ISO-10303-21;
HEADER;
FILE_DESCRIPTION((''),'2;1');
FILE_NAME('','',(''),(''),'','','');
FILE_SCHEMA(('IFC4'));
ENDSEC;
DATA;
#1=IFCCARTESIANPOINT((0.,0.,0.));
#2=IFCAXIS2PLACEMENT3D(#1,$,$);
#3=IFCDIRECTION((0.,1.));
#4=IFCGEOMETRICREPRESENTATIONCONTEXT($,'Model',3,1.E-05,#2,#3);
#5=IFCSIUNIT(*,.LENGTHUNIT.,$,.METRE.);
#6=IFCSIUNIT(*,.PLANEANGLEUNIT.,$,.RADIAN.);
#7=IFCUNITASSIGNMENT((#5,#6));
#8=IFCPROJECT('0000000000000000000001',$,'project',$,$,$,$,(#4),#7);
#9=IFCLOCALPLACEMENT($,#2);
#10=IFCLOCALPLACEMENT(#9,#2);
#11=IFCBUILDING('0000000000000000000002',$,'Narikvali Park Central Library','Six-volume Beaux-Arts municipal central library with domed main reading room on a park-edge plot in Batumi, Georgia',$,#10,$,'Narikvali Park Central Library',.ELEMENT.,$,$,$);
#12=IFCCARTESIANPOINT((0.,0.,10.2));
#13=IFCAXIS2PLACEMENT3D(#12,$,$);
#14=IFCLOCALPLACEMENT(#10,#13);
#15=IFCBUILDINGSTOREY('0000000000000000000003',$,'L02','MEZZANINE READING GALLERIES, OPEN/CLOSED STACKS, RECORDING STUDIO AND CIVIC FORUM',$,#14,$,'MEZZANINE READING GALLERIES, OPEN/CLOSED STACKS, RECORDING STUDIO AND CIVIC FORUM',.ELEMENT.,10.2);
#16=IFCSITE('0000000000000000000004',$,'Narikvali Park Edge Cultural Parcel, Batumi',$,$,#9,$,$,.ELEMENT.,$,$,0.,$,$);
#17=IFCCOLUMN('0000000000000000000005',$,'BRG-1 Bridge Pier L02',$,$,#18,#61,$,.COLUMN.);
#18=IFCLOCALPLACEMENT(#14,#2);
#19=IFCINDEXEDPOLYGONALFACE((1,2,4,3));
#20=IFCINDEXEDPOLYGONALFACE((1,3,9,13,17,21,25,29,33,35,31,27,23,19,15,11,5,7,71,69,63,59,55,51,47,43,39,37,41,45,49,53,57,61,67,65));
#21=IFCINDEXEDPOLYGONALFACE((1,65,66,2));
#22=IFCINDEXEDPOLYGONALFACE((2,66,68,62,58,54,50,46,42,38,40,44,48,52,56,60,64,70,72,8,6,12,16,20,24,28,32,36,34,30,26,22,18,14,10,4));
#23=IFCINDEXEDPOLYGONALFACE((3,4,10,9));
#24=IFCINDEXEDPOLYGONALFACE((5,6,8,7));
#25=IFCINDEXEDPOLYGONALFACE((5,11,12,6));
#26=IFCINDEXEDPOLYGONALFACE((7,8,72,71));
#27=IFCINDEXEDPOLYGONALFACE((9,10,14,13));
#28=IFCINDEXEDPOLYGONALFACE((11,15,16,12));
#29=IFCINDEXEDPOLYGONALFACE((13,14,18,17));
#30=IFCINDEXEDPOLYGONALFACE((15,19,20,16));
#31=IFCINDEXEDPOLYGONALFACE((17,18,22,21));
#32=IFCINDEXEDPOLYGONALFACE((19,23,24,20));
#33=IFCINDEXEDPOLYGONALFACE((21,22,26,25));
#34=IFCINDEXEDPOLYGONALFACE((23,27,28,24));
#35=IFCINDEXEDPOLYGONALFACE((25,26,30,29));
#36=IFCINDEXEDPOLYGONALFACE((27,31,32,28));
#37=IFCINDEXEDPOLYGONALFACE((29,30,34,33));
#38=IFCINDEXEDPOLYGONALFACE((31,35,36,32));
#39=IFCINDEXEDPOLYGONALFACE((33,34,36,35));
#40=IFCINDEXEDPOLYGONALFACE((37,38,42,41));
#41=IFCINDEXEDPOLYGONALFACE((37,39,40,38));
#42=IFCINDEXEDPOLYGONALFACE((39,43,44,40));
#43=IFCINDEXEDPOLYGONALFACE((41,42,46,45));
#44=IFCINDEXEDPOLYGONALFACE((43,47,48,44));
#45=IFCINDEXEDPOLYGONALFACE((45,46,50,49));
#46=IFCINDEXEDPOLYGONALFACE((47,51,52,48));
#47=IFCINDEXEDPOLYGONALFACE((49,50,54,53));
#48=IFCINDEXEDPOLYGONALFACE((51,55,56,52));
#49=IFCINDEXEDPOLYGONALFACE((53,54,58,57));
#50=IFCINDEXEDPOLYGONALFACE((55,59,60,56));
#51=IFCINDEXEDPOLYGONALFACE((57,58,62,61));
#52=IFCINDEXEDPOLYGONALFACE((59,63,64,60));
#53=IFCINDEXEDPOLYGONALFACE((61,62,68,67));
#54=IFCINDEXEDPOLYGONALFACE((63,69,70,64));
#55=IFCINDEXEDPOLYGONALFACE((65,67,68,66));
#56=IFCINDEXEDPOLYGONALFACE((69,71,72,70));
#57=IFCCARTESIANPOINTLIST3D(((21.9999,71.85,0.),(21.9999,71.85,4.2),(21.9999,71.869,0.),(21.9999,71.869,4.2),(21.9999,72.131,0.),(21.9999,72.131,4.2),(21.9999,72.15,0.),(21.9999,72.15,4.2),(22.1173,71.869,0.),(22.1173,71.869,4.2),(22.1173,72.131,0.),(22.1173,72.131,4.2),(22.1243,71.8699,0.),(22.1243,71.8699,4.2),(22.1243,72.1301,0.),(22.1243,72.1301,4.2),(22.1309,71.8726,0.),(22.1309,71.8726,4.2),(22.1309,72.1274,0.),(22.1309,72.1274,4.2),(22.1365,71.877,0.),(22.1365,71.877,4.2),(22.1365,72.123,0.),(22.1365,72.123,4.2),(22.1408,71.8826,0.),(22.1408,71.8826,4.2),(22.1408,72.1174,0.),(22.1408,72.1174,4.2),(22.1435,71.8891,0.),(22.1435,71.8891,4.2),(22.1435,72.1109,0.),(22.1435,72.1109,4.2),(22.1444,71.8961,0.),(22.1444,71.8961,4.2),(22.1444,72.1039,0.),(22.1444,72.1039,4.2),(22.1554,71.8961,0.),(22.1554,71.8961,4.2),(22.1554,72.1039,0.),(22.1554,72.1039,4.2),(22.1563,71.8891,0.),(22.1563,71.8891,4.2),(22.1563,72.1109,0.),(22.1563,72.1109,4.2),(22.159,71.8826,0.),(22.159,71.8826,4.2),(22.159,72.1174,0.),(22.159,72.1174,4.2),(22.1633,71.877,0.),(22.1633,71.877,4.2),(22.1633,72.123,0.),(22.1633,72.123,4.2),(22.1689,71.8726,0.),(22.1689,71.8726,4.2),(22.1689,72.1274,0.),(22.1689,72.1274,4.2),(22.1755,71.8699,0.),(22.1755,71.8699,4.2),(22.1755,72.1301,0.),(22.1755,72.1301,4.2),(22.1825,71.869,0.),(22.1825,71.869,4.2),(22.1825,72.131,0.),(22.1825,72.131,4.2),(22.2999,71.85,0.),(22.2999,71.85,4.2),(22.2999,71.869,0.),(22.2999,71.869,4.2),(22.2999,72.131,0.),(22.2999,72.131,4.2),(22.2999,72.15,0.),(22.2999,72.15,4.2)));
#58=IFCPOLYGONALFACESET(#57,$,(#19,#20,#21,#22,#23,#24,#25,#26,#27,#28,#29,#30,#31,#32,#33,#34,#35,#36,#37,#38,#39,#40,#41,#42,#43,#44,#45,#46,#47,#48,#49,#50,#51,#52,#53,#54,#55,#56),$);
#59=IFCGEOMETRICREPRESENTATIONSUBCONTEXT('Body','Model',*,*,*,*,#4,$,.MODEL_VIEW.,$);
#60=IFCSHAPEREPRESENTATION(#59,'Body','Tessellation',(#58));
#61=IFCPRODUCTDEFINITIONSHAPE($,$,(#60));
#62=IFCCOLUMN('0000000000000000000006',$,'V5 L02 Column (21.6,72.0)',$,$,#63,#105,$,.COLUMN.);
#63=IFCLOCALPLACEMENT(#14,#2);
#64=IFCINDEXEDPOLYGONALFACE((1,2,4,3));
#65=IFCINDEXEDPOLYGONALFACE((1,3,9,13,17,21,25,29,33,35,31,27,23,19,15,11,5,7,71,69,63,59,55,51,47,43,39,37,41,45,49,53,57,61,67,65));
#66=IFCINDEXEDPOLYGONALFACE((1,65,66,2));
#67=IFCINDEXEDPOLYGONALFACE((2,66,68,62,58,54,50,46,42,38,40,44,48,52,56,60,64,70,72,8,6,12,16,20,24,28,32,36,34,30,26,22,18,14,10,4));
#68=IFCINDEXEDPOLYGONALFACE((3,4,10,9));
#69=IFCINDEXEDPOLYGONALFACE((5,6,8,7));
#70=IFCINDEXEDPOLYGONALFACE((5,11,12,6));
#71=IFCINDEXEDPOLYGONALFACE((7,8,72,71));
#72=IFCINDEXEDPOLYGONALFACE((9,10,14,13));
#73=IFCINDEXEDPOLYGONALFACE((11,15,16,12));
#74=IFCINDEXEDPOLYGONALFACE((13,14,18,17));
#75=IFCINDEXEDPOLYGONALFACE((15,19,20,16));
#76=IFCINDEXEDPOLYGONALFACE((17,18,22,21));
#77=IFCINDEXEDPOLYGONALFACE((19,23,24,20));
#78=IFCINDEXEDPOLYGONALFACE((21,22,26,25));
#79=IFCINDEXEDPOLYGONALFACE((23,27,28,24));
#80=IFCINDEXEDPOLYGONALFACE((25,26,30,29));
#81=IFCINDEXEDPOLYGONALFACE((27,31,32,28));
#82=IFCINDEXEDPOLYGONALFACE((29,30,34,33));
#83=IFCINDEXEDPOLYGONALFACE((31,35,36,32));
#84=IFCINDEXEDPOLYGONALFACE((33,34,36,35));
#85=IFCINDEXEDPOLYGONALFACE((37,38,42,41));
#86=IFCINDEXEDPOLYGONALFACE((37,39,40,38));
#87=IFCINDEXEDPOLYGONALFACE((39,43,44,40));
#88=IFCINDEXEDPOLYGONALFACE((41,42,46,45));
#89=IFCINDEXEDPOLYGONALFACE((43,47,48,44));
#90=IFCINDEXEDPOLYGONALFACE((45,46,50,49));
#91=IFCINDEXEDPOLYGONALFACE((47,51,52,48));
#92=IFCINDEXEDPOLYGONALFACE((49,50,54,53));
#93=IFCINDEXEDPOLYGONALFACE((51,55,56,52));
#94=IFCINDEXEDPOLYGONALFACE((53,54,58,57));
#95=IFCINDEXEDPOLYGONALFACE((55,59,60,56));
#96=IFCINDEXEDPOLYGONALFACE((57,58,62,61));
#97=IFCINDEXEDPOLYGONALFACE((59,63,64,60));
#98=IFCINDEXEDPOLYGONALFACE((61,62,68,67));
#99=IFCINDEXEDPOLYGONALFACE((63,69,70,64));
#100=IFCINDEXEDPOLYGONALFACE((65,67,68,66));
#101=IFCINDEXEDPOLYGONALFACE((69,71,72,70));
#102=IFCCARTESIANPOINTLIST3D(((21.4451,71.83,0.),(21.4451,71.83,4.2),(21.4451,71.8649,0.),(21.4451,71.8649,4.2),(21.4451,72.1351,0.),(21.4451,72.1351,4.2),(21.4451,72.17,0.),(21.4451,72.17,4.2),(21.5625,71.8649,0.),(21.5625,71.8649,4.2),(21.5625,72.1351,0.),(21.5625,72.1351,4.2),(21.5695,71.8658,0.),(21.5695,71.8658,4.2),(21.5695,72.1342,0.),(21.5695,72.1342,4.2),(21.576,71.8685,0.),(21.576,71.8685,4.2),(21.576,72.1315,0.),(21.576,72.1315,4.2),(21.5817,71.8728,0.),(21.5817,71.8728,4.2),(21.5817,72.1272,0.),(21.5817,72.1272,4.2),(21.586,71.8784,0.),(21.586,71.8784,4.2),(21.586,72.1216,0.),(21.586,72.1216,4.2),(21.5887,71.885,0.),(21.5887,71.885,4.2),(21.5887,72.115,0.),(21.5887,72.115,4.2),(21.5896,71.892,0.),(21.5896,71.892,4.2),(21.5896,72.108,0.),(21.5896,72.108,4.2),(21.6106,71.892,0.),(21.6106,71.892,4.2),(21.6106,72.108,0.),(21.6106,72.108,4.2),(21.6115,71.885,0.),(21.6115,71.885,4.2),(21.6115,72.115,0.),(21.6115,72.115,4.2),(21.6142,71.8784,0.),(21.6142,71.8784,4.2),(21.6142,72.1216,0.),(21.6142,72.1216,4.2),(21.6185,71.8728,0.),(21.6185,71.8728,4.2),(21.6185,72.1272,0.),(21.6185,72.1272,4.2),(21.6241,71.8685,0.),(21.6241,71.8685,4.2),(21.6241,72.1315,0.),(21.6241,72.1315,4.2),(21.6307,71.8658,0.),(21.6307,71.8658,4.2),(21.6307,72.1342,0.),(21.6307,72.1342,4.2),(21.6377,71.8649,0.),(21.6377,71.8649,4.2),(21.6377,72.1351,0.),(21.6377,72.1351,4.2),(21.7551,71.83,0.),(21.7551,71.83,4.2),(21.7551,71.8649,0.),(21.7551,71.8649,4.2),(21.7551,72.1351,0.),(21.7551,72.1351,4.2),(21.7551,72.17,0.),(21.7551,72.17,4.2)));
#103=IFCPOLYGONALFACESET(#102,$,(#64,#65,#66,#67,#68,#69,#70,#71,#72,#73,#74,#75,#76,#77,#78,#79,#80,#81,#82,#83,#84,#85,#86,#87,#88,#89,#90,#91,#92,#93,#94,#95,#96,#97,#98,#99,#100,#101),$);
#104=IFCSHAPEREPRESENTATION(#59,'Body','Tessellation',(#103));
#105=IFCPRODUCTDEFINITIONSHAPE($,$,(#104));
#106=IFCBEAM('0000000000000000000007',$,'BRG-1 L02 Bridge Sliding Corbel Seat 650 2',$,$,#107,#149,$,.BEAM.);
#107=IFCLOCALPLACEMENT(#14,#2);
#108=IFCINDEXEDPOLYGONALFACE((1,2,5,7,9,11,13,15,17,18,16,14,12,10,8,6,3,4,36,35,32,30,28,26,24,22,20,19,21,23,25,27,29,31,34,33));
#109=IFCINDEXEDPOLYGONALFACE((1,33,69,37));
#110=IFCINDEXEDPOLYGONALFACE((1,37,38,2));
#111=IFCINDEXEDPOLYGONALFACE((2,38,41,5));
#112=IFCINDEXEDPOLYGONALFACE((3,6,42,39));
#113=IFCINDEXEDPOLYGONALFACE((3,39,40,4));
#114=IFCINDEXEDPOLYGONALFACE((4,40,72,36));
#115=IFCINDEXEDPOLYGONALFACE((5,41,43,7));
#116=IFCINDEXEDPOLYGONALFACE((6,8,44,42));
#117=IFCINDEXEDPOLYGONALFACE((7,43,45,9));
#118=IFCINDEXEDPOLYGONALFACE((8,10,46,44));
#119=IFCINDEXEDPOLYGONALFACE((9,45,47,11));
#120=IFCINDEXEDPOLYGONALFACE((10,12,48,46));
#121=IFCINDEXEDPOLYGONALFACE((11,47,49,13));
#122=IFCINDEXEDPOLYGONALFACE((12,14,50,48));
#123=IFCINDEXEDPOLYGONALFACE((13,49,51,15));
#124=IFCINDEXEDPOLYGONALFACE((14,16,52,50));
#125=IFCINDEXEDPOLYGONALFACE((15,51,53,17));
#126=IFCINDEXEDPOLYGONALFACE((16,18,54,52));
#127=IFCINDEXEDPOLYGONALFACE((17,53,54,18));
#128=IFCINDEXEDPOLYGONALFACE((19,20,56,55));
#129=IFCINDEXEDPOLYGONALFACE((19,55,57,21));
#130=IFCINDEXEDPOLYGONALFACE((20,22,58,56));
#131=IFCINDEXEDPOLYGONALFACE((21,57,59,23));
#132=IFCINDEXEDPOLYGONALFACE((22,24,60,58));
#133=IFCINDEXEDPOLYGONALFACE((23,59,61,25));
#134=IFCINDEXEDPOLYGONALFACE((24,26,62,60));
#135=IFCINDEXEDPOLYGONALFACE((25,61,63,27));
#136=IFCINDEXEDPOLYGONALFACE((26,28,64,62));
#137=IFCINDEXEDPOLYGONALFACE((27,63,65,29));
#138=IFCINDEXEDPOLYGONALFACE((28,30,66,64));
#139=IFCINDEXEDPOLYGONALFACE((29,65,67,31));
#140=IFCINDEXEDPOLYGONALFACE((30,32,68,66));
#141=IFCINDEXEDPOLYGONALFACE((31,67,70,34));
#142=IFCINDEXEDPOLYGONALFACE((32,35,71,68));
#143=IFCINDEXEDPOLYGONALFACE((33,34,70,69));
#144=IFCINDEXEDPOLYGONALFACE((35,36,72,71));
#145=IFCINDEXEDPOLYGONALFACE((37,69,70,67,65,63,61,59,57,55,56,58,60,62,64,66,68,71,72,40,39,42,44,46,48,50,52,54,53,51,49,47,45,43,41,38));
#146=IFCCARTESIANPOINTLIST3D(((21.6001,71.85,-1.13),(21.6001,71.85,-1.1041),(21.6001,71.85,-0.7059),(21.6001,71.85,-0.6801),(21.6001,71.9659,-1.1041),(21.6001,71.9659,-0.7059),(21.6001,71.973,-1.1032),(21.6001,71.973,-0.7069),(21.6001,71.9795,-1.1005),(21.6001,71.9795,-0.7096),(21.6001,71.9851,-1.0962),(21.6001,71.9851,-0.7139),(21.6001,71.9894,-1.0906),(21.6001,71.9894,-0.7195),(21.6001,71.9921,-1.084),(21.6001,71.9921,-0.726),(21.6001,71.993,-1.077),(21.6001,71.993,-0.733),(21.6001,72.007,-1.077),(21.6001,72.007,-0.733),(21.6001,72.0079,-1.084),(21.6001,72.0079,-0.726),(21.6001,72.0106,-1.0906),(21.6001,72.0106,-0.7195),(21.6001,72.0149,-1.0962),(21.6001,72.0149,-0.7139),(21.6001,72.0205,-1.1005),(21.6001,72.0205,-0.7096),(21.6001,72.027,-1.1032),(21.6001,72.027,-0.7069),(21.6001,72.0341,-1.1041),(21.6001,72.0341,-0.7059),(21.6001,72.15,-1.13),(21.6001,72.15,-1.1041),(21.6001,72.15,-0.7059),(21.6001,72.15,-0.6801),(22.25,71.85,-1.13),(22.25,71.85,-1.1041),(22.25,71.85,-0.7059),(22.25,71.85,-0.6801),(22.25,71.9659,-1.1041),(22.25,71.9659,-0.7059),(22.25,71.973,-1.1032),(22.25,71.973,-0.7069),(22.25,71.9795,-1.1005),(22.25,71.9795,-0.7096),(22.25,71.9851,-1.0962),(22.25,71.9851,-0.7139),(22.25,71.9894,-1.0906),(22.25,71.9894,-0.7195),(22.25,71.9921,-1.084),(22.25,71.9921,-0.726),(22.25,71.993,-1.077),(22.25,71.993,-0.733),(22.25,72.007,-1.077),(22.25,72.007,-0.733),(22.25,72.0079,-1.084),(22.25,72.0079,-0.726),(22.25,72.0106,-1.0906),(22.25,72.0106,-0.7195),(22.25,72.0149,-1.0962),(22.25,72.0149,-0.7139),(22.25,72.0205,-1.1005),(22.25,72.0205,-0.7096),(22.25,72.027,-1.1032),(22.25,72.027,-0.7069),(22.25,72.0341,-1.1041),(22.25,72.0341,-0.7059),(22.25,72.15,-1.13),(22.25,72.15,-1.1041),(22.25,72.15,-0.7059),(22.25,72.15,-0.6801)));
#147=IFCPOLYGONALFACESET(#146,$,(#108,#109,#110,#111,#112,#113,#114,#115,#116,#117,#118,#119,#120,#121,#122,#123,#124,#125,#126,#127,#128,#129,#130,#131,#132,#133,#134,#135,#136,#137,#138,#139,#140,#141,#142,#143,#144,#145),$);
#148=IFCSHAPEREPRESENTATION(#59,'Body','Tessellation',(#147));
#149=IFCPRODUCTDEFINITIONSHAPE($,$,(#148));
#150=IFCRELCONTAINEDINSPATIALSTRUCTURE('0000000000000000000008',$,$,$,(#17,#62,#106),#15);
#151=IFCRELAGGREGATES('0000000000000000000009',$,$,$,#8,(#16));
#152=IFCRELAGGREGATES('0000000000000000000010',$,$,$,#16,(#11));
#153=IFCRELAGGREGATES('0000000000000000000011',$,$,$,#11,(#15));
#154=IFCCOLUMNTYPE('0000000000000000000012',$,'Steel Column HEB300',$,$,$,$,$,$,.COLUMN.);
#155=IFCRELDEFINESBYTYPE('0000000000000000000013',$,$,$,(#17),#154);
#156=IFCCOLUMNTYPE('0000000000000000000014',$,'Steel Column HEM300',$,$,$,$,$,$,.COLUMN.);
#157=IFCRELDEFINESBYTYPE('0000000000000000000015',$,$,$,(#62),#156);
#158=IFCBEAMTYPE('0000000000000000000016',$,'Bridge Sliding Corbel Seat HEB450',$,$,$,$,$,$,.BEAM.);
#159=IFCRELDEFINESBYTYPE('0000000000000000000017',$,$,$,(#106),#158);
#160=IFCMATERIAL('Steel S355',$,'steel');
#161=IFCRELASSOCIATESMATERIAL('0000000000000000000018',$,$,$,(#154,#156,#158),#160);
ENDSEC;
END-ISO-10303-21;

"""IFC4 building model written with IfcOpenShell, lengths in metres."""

from ifc_helpers import new_model, si_unit, direction, frame, origin, origin_2d, place, context, subcontext, project, spatial, i_section, extrude, material, material_profile, profile_set, type_object, element, save


model = new_model("IFC4")

# Units and contexts
model_context = context("Model", 3, precision=1e-05, world=origin(), true_north=direction((0.0, 1.0)))
body_context = subcontext(model_context, "Body", "Model", "MODEL_VIEW")
ifc_project = project(units=[si_unit("LENGTHUNIT", "METRE"), si_unit("PLANEANGLEUNIT", "RADIAN")], contexts=[model_context])

# Site, building, storey
site_placement = place(None, origin())
site = spatial("IfcSite", under=ifc_project, at=site_placement, Name="Narikvali Park Edge Cultural Parcel, Batumi", CompositionType="ELEMENT", RefElevation=0.0)
building_placement = place(site_placement, origin())
building = spatial("IfcBuilding", under=site, at=building_placement, Name="Narikvali Park Central Library", Description="Six-volume Beaux-Arts municipal central library with domed main reading room on a park-edge plot in Batumi, Georgia", LongName="Narikvali Park Central Library", CompositionType="ELEMENT")
storey_placement = place(building_placement, frame((0.0, 0.0, 10.2)))
storey = spatial("IfcBuildingStorey", under=building, at=storey_placement, Name="L02", Description="MEZZANINE READING GALLERIES, OPEN/CLOSED STACKS, RECORDING STUDIO AND CIVIC FORUM", LongName="MEZZANINE READING GALLERIES, OPEN/CLOSED STACKS, RECORDING STUDIO AND CIVIC FORUM", CompositionType="ELEMENT", Elevation=10.2)

# Columns
ifc_material_1 = material(Name="Steel S355", Category="steel")
ifc_material_profile_1 = material_profile(ifc_material_1, i_section(OverallWidth=0.3, OverallDepth=0.3, WebThickness=0.011, FlangeThickness=0.019, FilletRadius=0.0271, at=origin_2d()), Name="HEB 300")
ifc_profile_set_1 = profile_set([ifc_material_profile_1], Name="Steel S355")
column_type_1 = type_object("IfcColumnType", Name="Steel Column HEB300", PredefinedType="COLUMN", material=ifc_profile_set_1)
column_1_placement = place(storey_placement, frame((22.1499, 72.0, 0.0), z_axis=(0.0, 0.0, 1.0), x_axis=(1.0, 0.0, 0.0)))
element("IfcColumn", 1, at=column_1_placement, inside=storey, type_object=column_type_1, Name="BRG-1 Bridge Pier L02", PredefinedType="COLUMN", context=body_context, shape_type="SweptSolid", body=[
    extrude(i_section(OverallWidth=0.3, OverallDepth=0.3, WebThickness=0.011, FlangeThickness=0.019, FilletRadius=0.0271, at=origin_2d()), origin(), (0.0, 0.0, 1.0), 4.2),
])
ifc_material_profile_2 = material_profile(ifc_material_1, i_section(OverallWidth=0.3101, OverallDepth=0.3401, WebThickness=0.021, FlangeThickness=0.0349, FilletRadius=0.0271, at=origin_2d()), Name="HEM 300")
ifc_profile_set_2 = profile_set([ifc_material_profile_2], Name="Steel S355")
column_type_2 = type_object("IfcColumnType", Name="Steel Column HEM300", PredefinedType="COLUMN", material=ifc_profile_set_2)
column_2_placement = place(storey_placement, frame((21.6001, 72.0, 0.0), z_axis=(0.0, 0.0, 1.0), x_axis=(1.0, 0.0, 0.0)))
element("IfcColumn", 2, at=column_2_placement, inside=storey, type_object=column_type_2, Name="V5 L02 Column (21.6,72.0)", PredefinedType="COLUMN", context=body_context, shape_type="SweptSolid", body=[
    extrude(i_section(OverallWidth=0.3101, OverallDepth=0.3401, WebThickness=0.021, FlangeThickness=0.0349, FilletRadius=0.0271, at=origin_2d()), origin(), (0.0, 0.0, 1.0), 4.2),
])

# Beam
ifc_material_profile_3 = material_profile(ifc_material_1, i_section(OverallWidth=0.3, OverallDepth=0.45, WebThickness=0.0139, FlangeThickness=0.0259, FilletRadius=0.0271, at=origin_2d()), Name="HEB 450")
ifc_profile_set_3 = profile_set([ifc_material_profile_3], Name="Steel S355")
beam_type_1 = type_object("IfcBeamType", Name="Bridge Sliding Corbel Seat HEB450", PredefinedType="BEAM", material=ifc_profile_set_3)
beam_1_placement = place(storey_placement, frame((21.6001, 72.0, -0.905), z_axis=(1.0, 0.0, 0.0), x_axis=(0.0, 1.0, 0.0)))
element("IfcBeam", 3, at=beam_1_placement, inside=storey, type_object=beam_type_1, Name="BRG-1 L02 Bridge Sliding Corbel Seat 650 2", PredefinedType="BEAM", context=body_context, shape_type="SweptSolid", body=[
    extrude(i_section(OverallWidth=0.3, OverallDepth=0.45, WebThickness=0.0139, FlangeThickness=0.0259, FilletRadius=0.0271, at=origin_2d()), origin(), (0.0, 0.0, 1.0), 0.6499),
])

save(model, "model.ifc")
